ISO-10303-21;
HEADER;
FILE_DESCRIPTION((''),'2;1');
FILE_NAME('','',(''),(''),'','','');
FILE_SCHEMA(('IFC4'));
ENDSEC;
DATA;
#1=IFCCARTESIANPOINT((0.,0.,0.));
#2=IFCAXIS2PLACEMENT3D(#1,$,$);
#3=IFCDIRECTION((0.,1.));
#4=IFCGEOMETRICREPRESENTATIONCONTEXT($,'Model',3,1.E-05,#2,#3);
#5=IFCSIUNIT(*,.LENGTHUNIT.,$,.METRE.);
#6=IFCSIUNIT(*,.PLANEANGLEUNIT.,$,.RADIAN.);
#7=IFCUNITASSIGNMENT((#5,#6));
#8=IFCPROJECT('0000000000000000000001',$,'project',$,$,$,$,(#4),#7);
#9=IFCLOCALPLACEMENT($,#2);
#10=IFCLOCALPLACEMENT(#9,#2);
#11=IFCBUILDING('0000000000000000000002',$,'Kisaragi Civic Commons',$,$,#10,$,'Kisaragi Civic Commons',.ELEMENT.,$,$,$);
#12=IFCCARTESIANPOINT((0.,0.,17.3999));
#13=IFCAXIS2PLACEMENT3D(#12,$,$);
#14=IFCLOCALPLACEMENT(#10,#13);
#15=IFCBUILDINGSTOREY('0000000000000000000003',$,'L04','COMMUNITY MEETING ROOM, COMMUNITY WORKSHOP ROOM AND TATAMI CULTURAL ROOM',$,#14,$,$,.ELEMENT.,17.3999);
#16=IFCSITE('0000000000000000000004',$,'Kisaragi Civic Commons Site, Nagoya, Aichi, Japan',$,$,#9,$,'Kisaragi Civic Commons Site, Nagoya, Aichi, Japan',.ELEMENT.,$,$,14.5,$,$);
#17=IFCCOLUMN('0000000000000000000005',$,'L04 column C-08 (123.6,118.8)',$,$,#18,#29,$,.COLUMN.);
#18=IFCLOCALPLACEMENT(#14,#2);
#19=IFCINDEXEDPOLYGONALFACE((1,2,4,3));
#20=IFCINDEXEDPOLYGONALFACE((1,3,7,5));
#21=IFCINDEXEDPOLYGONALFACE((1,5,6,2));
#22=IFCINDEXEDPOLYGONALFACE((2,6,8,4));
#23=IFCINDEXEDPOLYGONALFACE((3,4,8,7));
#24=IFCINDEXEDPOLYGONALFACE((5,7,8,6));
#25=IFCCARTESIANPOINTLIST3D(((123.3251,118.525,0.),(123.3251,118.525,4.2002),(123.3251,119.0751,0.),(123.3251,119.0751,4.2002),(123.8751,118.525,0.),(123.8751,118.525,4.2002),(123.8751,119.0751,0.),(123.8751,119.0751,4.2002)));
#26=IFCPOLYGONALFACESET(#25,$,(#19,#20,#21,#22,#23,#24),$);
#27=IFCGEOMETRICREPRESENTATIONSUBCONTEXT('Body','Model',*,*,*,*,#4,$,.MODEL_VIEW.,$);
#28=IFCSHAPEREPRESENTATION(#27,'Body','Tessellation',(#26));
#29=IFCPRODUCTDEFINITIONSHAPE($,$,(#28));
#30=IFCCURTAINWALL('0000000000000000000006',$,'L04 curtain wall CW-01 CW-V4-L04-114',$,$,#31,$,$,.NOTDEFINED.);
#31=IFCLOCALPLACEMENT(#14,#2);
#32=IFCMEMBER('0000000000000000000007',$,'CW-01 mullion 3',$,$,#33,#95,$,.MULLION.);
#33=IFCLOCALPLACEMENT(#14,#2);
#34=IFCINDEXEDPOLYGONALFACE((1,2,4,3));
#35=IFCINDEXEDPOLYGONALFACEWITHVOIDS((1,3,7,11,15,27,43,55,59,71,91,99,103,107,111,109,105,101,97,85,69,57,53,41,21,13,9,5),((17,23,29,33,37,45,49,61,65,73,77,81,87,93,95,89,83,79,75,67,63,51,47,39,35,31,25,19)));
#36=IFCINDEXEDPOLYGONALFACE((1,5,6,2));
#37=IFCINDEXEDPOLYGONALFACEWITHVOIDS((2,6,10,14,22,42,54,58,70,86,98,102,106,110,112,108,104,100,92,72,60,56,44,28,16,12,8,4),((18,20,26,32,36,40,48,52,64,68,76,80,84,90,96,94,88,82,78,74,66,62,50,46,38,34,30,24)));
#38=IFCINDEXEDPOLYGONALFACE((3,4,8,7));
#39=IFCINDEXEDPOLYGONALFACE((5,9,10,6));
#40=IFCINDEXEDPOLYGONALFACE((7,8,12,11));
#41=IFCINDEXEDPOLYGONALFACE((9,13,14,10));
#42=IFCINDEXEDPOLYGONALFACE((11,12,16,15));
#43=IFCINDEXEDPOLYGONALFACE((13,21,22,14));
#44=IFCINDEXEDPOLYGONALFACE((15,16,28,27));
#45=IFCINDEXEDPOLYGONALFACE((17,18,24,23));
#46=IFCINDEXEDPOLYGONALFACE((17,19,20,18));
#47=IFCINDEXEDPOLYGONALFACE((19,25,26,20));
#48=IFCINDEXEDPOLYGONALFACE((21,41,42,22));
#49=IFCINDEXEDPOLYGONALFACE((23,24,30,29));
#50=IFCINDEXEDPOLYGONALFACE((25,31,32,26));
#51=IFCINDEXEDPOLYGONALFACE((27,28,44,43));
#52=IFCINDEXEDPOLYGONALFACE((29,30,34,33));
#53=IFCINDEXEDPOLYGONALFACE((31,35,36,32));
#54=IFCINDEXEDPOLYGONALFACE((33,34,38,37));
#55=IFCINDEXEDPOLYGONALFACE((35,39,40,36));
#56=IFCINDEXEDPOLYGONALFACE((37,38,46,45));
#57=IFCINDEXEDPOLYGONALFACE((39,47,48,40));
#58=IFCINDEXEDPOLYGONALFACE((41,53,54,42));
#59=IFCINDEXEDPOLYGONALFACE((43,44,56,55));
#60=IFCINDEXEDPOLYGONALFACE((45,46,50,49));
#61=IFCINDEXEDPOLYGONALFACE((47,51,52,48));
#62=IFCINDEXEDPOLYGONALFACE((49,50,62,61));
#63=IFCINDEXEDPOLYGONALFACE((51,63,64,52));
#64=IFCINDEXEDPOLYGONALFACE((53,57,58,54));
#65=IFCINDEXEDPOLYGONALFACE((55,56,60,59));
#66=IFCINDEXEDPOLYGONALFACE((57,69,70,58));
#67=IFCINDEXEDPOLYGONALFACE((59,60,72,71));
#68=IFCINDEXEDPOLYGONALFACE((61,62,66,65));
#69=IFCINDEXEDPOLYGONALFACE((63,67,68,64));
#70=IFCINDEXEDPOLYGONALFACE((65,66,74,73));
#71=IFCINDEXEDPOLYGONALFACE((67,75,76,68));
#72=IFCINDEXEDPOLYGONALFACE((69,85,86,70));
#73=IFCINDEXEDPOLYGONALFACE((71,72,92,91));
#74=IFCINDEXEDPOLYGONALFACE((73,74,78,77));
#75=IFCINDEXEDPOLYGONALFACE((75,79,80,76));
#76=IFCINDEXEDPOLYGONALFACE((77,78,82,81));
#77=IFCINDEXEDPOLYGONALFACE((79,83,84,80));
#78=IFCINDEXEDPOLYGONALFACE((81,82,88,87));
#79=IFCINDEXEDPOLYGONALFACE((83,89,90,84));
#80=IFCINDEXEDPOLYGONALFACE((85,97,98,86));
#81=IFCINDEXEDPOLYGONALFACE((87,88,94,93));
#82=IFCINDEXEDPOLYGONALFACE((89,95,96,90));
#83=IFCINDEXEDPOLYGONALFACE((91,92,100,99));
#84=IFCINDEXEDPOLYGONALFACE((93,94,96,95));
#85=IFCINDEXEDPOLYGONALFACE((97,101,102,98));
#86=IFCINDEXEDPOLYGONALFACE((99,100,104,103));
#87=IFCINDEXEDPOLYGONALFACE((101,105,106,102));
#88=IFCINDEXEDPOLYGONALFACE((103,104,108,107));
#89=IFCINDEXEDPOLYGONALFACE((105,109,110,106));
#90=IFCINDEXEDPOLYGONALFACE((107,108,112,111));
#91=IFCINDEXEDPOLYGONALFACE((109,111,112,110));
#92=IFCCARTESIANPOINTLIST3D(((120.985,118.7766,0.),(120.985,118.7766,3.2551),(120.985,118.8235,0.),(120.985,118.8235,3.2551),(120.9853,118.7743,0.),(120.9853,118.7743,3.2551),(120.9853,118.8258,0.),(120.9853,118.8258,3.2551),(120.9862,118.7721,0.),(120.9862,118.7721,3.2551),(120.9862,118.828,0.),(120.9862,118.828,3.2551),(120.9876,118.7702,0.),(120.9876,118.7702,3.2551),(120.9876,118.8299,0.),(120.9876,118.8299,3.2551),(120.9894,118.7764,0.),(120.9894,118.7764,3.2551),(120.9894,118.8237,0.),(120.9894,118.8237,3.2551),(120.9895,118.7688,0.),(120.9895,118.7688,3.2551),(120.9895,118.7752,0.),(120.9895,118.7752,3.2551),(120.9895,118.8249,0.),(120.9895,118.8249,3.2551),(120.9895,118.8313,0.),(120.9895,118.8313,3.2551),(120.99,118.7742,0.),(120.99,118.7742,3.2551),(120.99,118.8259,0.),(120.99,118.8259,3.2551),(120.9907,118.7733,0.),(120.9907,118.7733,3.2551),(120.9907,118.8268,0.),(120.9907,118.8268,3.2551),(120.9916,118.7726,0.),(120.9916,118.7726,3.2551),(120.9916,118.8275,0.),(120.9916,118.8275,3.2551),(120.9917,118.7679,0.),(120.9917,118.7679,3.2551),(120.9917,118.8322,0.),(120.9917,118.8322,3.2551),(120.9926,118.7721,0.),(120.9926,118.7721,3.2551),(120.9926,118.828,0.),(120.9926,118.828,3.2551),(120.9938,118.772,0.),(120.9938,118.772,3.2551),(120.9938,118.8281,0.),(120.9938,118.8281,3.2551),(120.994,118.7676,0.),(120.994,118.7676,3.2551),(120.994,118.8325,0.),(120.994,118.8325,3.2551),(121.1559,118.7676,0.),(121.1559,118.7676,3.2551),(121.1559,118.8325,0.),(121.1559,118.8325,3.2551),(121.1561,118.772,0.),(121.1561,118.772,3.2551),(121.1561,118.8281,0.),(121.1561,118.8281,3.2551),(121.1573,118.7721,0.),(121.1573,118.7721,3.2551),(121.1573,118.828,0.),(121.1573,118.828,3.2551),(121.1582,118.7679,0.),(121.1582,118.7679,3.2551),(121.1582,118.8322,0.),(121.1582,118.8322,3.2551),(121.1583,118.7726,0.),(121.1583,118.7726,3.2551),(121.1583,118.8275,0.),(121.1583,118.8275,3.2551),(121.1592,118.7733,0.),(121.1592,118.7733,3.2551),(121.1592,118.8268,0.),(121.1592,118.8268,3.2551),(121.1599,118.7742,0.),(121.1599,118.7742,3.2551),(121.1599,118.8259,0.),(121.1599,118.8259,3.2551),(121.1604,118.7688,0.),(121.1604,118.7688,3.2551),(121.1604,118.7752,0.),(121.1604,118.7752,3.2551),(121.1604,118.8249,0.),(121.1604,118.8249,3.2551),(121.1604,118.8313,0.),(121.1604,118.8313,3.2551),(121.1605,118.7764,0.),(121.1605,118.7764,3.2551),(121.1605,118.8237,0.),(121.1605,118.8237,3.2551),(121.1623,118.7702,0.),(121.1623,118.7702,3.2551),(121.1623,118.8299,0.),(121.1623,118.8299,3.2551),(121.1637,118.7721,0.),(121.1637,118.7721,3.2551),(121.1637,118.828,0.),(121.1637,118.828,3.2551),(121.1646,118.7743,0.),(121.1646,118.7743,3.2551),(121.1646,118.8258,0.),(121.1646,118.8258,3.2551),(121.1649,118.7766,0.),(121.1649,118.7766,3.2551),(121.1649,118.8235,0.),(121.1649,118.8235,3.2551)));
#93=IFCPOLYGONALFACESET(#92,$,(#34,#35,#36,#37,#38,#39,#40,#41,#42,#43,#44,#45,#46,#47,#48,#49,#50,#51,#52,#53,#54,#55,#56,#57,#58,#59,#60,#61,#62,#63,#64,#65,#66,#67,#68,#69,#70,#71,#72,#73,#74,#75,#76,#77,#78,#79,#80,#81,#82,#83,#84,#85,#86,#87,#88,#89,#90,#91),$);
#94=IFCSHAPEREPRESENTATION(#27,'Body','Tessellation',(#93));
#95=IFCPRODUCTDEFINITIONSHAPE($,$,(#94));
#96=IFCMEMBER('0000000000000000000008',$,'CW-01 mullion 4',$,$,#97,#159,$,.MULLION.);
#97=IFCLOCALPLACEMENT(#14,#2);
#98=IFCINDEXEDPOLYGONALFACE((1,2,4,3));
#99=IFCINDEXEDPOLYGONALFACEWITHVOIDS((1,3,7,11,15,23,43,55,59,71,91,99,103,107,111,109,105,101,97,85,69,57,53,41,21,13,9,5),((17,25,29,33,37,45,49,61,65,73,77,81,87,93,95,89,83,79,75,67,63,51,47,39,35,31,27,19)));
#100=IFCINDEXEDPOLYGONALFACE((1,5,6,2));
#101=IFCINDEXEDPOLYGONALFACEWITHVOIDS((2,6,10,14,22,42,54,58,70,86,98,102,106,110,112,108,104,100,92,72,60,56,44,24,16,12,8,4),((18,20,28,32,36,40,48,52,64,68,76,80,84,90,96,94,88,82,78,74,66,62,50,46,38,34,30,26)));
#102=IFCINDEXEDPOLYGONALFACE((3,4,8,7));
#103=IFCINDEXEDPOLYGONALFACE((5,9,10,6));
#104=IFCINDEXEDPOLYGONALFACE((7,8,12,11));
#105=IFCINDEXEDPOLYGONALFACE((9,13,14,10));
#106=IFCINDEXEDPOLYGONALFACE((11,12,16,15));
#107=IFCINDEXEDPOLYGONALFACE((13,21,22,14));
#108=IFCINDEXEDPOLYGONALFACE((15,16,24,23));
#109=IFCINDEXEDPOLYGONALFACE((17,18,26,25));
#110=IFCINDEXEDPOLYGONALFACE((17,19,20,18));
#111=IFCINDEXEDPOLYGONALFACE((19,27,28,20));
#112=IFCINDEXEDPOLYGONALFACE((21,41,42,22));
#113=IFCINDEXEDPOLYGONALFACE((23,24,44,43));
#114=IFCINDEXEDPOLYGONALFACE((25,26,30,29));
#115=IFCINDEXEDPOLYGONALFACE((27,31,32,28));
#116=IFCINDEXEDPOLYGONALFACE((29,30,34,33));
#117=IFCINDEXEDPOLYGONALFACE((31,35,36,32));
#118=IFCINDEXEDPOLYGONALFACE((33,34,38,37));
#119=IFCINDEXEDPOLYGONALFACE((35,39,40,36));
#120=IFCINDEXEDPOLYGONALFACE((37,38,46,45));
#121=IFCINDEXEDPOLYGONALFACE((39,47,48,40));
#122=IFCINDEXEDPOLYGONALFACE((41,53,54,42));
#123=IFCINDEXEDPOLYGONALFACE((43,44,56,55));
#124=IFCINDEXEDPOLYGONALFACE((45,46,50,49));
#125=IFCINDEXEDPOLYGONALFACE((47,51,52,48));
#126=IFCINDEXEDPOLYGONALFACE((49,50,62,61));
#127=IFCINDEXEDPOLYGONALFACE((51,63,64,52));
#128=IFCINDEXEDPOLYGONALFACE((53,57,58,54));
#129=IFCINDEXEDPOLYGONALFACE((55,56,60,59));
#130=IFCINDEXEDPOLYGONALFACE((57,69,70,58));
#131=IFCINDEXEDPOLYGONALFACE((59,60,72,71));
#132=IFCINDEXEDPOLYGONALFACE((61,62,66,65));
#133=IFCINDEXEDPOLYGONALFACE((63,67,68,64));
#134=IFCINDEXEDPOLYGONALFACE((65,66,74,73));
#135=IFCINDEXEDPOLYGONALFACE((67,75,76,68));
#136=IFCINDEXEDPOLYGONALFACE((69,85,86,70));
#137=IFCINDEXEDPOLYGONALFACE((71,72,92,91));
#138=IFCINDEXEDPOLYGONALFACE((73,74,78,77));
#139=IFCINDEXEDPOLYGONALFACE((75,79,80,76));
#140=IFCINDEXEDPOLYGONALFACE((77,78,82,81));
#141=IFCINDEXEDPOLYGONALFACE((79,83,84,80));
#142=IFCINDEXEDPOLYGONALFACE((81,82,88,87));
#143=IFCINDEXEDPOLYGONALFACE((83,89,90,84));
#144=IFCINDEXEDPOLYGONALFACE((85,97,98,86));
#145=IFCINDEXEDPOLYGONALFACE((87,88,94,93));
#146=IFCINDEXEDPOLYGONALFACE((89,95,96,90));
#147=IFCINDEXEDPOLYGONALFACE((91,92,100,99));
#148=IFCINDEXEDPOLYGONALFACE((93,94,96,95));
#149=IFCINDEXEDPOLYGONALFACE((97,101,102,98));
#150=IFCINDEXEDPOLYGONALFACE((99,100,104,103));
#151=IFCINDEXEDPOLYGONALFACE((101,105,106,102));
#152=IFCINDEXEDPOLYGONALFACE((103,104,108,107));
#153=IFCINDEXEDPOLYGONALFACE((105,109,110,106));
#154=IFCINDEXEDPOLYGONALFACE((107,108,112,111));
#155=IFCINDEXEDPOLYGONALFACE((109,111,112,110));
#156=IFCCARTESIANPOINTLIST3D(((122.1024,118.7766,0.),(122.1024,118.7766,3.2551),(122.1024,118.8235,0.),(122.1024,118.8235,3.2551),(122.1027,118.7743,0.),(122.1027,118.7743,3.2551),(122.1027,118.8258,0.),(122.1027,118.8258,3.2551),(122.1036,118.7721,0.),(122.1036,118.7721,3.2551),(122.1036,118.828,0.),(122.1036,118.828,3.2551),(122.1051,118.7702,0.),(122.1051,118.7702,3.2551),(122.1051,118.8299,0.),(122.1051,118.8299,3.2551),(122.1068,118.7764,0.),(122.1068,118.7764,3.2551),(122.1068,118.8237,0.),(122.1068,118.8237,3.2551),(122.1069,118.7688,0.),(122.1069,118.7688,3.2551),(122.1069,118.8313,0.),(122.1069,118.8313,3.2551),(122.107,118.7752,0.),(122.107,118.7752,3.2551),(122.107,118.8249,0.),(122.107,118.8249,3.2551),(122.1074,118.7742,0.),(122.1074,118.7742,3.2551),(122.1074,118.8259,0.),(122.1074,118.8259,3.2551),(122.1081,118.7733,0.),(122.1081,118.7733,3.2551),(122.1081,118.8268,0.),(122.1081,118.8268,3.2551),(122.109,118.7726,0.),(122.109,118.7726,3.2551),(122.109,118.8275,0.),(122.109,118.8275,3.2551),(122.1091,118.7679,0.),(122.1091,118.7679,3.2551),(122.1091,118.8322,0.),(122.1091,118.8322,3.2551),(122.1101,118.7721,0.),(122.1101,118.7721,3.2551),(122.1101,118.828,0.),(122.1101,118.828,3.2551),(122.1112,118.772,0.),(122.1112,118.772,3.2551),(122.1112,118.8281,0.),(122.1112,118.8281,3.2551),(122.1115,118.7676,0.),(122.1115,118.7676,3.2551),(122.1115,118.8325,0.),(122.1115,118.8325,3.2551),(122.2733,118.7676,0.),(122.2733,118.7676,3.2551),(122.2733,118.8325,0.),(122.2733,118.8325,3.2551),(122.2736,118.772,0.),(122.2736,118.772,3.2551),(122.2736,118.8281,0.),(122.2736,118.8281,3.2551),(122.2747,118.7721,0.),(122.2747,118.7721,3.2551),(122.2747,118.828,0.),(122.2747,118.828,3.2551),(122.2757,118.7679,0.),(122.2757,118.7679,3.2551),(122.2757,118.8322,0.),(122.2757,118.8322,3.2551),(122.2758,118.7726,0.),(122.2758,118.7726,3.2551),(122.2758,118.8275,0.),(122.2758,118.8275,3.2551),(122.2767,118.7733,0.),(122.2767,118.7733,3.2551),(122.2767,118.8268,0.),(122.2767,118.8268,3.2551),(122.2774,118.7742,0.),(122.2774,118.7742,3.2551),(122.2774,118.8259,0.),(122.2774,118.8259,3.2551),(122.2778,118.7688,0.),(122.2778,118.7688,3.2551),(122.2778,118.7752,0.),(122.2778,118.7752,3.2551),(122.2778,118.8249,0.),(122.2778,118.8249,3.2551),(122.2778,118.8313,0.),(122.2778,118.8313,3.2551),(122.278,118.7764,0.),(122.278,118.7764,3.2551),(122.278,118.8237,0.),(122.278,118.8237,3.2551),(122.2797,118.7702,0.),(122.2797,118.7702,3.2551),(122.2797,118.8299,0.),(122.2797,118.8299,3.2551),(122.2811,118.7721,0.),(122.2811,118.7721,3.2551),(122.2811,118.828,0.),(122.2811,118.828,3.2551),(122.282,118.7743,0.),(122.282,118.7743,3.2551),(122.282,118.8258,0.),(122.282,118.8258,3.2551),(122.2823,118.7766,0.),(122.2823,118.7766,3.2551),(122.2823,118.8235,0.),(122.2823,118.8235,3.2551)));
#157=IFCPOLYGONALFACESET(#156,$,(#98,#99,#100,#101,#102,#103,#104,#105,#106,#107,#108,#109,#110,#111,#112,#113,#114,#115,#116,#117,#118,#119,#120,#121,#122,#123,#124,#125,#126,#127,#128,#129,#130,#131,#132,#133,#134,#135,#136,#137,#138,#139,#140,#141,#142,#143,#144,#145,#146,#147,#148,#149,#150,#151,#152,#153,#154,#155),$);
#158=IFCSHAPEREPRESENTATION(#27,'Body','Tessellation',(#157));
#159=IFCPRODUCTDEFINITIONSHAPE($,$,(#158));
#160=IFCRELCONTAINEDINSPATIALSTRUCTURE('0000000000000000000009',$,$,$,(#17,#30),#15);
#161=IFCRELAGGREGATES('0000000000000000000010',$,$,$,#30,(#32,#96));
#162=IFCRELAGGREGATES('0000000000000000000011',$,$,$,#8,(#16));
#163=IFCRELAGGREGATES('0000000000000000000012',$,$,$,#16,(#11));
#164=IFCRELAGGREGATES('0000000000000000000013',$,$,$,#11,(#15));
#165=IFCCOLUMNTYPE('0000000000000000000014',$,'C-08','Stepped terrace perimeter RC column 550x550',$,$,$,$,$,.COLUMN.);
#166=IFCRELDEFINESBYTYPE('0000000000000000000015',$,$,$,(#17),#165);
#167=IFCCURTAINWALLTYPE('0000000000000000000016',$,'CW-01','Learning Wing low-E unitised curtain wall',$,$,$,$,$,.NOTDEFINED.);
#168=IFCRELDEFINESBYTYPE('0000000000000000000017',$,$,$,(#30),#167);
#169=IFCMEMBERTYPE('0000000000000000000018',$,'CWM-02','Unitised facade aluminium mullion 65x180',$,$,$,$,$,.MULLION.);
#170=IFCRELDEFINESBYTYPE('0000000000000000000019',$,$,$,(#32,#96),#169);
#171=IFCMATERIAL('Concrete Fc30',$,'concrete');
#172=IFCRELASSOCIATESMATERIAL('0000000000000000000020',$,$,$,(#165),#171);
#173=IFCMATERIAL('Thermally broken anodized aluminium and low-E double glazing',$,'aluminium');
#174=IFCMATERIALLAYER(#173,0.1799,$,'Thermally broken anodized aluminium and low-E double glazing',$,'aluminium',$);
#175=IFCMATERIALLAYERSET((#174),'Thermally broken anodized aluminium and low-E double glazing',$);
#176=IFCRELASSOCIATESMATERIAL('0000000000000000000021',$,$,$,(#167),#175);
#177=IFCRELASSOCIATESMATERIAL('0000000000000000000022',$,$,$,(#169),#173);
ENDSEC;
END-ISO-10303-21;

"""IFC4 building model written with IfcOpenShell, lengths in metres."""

from ifc_helpers import new_model, si_unit, direction, frame, origin, origin_2d, place, context, subcontext, project, spatial, rectangle, hollow_rectangle, extrude, material, layer, layer_set, material_profile, profile_set, type_object, element, aggregate, save


model = new_model("IFC4")

# Units and contexts
model_context = context("Model", 3, precision=1e-05, world=origin(), true_north=direction((0.0, 1.0)))
body_context = subcontext(model_context, "Body", "Model", "MODEL_VIEW")
ifc_project = project(units=[si_unit("LENGTHUNIT", "METRE"), si_unit("PLANEANGLEUNIT", "RADIAN")], contexts=[model_context])

# Site, building, storey
site_placement = place(None, origin())
site = spatial("IfcSite", under=ifc_project, at=site_placement, Name="Kisaragi Civic Commons Site, Nagoya, Aichi, Japan", LongName="Kisaragi Civic Commons Site, Nagoya, Aichi, Japan", CompositionType="ELEMENT", RefElevation=14.5)
building_placement = place(site_placement, origin())
building = spatial("IfcBuilding", under=site, at=building_placement, Name="Kisaragi Civic Commons", LongName="Kisaragi Civic Commons", CompositionType="ELEMENT")
storey_placement = place(building_placement, frame((0.0, 0.0, 17.3999)))
storey = spatial("IfcBuildingStorey", under=building, at=storey_placement, Name="L04", Description="COMMUNITY MEETING ROOM, COMMUNITY WORKSHOP ROOM AND TATAMI CULTURAL ROOM", CompositionType="ELEMENT", Elevation=17.3999)

# Column
ifc_material_1 = material(Name="Concrete Fc30", Category="concrete")
ifc_material_profile_1 = material_profile(ifc_material_1, rectangle(XDim=0.55, YDim=0.55, at=origin_2d()), Name="RC-550x550", Category="concrete")
ifc_profile_set_1 = profile_set([ifc_material_profile_1], Name="Concrete Fc30")
column_type = type_object("IfcColumnType", Name="C-08", Description="Stepped terrace perimeter RC column 550x550", PredefinedType="COLUMN", material=ifc_profile_set_1)
column_placement = place(storey_placement, frame((123.6001, 118.8, 0.0), z_axis=(0.0, 0.0, 1.0), x_axis=(1.0, 0.0, 0.0)))
element("IfcColumn", 1, at=column_placement, inside=storey, type_object=column_type, Name="L04 column C-08 (123.6,118.8)", PredefinedType="COLUMN", context=body_context, shape_type="SweptSolid", body=[
    extrude(rectangle(XDim=0.55, YDim=0.55, at=origin_2d()), origin(), (0.0, 0.0, 1.0), 4.2002),
])

# Curtain wall, members
ifc_material_2 = material(Name="Thermally broken anodized aluminium and low-E double glazing", Category="aluminium")
ifc_layer_1 = layer(ifc_material_2, 0.1799, Name="Thermally broken anodized aluminium and low-E double glazing", Category="aluminium")
ifc_layer_set_1 = layer_set([ifc_layer_1], Name="Thermally broken anodized aluminium and low-E double glazing")
curtain_wall_type = type_object("IfcCurtainWallType", Name="CW-01", Description="Learning Wing low-E unitised curtain wall", PredefinedType="NOTDEFINED", material=ifc_layer_set_1)
curtain_wall_1_placement = place(storey_placement, origin())
curtain_wall_1 = element("IfcCurtainWall", 2, at=curtain_wall_1_placement, inside=storey, type_object=curtain_wall_type, Name="L04 curtain wall CW-01 CW-V4-L04-114", PredefinedType="NOTDEFINED")
ifc_material_profile_2 = material_profile(ifc_material_2, hollow_rectangle(XDim=0.0649, YDim=0.1799, WallThickness=0.0044, InnerFilletRadius=0.0044, OuterFilletRadius=0.009, at=origin_2d()), Name="CWM-65x180x4.5", Category="aluminium")
ifc_profile_set_2 = profile_set([ifc_material_profile_2], Name="Thermally broken anodized aluminium and low-E double glazing")
member_type_1 = type_object("IfcMemberType", Name="CWM-02", Description="Unitised facade aluminium mullion 65x180", PredefinedType="MULLION", material=ifc_profile_set_2)
member_1_placement = place(storey_placement, frame((121.075, 118.8, 0.0), z_axis=(0.0, 0.0, 1.0), x_axis=(0.0, 1.0, 0.0)))
member_1 = element("IfcMember", 3, at=member_1_placement, type_object=member_type_1, Name="CW-01 mullion 3", PredefinedType="MULLION", context=body_context, shape_type="SweptSolid", body=[
    extrude(hollow_rectangle(XDim=0.0649, YDim=0.1799, WallThickness=0.0044, InnerFilletRadius=0.0044, OuterFilletRadius=0.009, at=origin_2d()), origin(), (0.0, 0.0, 1.0), 3.2551),
])
member_2_placement = place(storey_placement, frame((122.1924, 118.8, 0.0), z_axis=(0.0, 0.0, 1.0), x_axis=(0.0, 1.0, 0.0)))
member_2 = element("IfcMember", 4, at=member_2_placement, type_object=member_type_1, Name="CW-01 mullion 4", PredefinedType="MULLION", context=body_context, shape_type="SweptSolid", body=[
    extrude(hollow_rectangle(XDim=0.0649, YDim=0.1799, WallThickness=0.0044, InnerFilletRadius=0.0044, OuterFilletRadius=0.009, at=origin_2d()), origin(), (0.0, 0.0, 1.0), 3.2551),
])

aggregate(curtain_wall_1, [member_1, member_2])

save(model, "model.ifc")
